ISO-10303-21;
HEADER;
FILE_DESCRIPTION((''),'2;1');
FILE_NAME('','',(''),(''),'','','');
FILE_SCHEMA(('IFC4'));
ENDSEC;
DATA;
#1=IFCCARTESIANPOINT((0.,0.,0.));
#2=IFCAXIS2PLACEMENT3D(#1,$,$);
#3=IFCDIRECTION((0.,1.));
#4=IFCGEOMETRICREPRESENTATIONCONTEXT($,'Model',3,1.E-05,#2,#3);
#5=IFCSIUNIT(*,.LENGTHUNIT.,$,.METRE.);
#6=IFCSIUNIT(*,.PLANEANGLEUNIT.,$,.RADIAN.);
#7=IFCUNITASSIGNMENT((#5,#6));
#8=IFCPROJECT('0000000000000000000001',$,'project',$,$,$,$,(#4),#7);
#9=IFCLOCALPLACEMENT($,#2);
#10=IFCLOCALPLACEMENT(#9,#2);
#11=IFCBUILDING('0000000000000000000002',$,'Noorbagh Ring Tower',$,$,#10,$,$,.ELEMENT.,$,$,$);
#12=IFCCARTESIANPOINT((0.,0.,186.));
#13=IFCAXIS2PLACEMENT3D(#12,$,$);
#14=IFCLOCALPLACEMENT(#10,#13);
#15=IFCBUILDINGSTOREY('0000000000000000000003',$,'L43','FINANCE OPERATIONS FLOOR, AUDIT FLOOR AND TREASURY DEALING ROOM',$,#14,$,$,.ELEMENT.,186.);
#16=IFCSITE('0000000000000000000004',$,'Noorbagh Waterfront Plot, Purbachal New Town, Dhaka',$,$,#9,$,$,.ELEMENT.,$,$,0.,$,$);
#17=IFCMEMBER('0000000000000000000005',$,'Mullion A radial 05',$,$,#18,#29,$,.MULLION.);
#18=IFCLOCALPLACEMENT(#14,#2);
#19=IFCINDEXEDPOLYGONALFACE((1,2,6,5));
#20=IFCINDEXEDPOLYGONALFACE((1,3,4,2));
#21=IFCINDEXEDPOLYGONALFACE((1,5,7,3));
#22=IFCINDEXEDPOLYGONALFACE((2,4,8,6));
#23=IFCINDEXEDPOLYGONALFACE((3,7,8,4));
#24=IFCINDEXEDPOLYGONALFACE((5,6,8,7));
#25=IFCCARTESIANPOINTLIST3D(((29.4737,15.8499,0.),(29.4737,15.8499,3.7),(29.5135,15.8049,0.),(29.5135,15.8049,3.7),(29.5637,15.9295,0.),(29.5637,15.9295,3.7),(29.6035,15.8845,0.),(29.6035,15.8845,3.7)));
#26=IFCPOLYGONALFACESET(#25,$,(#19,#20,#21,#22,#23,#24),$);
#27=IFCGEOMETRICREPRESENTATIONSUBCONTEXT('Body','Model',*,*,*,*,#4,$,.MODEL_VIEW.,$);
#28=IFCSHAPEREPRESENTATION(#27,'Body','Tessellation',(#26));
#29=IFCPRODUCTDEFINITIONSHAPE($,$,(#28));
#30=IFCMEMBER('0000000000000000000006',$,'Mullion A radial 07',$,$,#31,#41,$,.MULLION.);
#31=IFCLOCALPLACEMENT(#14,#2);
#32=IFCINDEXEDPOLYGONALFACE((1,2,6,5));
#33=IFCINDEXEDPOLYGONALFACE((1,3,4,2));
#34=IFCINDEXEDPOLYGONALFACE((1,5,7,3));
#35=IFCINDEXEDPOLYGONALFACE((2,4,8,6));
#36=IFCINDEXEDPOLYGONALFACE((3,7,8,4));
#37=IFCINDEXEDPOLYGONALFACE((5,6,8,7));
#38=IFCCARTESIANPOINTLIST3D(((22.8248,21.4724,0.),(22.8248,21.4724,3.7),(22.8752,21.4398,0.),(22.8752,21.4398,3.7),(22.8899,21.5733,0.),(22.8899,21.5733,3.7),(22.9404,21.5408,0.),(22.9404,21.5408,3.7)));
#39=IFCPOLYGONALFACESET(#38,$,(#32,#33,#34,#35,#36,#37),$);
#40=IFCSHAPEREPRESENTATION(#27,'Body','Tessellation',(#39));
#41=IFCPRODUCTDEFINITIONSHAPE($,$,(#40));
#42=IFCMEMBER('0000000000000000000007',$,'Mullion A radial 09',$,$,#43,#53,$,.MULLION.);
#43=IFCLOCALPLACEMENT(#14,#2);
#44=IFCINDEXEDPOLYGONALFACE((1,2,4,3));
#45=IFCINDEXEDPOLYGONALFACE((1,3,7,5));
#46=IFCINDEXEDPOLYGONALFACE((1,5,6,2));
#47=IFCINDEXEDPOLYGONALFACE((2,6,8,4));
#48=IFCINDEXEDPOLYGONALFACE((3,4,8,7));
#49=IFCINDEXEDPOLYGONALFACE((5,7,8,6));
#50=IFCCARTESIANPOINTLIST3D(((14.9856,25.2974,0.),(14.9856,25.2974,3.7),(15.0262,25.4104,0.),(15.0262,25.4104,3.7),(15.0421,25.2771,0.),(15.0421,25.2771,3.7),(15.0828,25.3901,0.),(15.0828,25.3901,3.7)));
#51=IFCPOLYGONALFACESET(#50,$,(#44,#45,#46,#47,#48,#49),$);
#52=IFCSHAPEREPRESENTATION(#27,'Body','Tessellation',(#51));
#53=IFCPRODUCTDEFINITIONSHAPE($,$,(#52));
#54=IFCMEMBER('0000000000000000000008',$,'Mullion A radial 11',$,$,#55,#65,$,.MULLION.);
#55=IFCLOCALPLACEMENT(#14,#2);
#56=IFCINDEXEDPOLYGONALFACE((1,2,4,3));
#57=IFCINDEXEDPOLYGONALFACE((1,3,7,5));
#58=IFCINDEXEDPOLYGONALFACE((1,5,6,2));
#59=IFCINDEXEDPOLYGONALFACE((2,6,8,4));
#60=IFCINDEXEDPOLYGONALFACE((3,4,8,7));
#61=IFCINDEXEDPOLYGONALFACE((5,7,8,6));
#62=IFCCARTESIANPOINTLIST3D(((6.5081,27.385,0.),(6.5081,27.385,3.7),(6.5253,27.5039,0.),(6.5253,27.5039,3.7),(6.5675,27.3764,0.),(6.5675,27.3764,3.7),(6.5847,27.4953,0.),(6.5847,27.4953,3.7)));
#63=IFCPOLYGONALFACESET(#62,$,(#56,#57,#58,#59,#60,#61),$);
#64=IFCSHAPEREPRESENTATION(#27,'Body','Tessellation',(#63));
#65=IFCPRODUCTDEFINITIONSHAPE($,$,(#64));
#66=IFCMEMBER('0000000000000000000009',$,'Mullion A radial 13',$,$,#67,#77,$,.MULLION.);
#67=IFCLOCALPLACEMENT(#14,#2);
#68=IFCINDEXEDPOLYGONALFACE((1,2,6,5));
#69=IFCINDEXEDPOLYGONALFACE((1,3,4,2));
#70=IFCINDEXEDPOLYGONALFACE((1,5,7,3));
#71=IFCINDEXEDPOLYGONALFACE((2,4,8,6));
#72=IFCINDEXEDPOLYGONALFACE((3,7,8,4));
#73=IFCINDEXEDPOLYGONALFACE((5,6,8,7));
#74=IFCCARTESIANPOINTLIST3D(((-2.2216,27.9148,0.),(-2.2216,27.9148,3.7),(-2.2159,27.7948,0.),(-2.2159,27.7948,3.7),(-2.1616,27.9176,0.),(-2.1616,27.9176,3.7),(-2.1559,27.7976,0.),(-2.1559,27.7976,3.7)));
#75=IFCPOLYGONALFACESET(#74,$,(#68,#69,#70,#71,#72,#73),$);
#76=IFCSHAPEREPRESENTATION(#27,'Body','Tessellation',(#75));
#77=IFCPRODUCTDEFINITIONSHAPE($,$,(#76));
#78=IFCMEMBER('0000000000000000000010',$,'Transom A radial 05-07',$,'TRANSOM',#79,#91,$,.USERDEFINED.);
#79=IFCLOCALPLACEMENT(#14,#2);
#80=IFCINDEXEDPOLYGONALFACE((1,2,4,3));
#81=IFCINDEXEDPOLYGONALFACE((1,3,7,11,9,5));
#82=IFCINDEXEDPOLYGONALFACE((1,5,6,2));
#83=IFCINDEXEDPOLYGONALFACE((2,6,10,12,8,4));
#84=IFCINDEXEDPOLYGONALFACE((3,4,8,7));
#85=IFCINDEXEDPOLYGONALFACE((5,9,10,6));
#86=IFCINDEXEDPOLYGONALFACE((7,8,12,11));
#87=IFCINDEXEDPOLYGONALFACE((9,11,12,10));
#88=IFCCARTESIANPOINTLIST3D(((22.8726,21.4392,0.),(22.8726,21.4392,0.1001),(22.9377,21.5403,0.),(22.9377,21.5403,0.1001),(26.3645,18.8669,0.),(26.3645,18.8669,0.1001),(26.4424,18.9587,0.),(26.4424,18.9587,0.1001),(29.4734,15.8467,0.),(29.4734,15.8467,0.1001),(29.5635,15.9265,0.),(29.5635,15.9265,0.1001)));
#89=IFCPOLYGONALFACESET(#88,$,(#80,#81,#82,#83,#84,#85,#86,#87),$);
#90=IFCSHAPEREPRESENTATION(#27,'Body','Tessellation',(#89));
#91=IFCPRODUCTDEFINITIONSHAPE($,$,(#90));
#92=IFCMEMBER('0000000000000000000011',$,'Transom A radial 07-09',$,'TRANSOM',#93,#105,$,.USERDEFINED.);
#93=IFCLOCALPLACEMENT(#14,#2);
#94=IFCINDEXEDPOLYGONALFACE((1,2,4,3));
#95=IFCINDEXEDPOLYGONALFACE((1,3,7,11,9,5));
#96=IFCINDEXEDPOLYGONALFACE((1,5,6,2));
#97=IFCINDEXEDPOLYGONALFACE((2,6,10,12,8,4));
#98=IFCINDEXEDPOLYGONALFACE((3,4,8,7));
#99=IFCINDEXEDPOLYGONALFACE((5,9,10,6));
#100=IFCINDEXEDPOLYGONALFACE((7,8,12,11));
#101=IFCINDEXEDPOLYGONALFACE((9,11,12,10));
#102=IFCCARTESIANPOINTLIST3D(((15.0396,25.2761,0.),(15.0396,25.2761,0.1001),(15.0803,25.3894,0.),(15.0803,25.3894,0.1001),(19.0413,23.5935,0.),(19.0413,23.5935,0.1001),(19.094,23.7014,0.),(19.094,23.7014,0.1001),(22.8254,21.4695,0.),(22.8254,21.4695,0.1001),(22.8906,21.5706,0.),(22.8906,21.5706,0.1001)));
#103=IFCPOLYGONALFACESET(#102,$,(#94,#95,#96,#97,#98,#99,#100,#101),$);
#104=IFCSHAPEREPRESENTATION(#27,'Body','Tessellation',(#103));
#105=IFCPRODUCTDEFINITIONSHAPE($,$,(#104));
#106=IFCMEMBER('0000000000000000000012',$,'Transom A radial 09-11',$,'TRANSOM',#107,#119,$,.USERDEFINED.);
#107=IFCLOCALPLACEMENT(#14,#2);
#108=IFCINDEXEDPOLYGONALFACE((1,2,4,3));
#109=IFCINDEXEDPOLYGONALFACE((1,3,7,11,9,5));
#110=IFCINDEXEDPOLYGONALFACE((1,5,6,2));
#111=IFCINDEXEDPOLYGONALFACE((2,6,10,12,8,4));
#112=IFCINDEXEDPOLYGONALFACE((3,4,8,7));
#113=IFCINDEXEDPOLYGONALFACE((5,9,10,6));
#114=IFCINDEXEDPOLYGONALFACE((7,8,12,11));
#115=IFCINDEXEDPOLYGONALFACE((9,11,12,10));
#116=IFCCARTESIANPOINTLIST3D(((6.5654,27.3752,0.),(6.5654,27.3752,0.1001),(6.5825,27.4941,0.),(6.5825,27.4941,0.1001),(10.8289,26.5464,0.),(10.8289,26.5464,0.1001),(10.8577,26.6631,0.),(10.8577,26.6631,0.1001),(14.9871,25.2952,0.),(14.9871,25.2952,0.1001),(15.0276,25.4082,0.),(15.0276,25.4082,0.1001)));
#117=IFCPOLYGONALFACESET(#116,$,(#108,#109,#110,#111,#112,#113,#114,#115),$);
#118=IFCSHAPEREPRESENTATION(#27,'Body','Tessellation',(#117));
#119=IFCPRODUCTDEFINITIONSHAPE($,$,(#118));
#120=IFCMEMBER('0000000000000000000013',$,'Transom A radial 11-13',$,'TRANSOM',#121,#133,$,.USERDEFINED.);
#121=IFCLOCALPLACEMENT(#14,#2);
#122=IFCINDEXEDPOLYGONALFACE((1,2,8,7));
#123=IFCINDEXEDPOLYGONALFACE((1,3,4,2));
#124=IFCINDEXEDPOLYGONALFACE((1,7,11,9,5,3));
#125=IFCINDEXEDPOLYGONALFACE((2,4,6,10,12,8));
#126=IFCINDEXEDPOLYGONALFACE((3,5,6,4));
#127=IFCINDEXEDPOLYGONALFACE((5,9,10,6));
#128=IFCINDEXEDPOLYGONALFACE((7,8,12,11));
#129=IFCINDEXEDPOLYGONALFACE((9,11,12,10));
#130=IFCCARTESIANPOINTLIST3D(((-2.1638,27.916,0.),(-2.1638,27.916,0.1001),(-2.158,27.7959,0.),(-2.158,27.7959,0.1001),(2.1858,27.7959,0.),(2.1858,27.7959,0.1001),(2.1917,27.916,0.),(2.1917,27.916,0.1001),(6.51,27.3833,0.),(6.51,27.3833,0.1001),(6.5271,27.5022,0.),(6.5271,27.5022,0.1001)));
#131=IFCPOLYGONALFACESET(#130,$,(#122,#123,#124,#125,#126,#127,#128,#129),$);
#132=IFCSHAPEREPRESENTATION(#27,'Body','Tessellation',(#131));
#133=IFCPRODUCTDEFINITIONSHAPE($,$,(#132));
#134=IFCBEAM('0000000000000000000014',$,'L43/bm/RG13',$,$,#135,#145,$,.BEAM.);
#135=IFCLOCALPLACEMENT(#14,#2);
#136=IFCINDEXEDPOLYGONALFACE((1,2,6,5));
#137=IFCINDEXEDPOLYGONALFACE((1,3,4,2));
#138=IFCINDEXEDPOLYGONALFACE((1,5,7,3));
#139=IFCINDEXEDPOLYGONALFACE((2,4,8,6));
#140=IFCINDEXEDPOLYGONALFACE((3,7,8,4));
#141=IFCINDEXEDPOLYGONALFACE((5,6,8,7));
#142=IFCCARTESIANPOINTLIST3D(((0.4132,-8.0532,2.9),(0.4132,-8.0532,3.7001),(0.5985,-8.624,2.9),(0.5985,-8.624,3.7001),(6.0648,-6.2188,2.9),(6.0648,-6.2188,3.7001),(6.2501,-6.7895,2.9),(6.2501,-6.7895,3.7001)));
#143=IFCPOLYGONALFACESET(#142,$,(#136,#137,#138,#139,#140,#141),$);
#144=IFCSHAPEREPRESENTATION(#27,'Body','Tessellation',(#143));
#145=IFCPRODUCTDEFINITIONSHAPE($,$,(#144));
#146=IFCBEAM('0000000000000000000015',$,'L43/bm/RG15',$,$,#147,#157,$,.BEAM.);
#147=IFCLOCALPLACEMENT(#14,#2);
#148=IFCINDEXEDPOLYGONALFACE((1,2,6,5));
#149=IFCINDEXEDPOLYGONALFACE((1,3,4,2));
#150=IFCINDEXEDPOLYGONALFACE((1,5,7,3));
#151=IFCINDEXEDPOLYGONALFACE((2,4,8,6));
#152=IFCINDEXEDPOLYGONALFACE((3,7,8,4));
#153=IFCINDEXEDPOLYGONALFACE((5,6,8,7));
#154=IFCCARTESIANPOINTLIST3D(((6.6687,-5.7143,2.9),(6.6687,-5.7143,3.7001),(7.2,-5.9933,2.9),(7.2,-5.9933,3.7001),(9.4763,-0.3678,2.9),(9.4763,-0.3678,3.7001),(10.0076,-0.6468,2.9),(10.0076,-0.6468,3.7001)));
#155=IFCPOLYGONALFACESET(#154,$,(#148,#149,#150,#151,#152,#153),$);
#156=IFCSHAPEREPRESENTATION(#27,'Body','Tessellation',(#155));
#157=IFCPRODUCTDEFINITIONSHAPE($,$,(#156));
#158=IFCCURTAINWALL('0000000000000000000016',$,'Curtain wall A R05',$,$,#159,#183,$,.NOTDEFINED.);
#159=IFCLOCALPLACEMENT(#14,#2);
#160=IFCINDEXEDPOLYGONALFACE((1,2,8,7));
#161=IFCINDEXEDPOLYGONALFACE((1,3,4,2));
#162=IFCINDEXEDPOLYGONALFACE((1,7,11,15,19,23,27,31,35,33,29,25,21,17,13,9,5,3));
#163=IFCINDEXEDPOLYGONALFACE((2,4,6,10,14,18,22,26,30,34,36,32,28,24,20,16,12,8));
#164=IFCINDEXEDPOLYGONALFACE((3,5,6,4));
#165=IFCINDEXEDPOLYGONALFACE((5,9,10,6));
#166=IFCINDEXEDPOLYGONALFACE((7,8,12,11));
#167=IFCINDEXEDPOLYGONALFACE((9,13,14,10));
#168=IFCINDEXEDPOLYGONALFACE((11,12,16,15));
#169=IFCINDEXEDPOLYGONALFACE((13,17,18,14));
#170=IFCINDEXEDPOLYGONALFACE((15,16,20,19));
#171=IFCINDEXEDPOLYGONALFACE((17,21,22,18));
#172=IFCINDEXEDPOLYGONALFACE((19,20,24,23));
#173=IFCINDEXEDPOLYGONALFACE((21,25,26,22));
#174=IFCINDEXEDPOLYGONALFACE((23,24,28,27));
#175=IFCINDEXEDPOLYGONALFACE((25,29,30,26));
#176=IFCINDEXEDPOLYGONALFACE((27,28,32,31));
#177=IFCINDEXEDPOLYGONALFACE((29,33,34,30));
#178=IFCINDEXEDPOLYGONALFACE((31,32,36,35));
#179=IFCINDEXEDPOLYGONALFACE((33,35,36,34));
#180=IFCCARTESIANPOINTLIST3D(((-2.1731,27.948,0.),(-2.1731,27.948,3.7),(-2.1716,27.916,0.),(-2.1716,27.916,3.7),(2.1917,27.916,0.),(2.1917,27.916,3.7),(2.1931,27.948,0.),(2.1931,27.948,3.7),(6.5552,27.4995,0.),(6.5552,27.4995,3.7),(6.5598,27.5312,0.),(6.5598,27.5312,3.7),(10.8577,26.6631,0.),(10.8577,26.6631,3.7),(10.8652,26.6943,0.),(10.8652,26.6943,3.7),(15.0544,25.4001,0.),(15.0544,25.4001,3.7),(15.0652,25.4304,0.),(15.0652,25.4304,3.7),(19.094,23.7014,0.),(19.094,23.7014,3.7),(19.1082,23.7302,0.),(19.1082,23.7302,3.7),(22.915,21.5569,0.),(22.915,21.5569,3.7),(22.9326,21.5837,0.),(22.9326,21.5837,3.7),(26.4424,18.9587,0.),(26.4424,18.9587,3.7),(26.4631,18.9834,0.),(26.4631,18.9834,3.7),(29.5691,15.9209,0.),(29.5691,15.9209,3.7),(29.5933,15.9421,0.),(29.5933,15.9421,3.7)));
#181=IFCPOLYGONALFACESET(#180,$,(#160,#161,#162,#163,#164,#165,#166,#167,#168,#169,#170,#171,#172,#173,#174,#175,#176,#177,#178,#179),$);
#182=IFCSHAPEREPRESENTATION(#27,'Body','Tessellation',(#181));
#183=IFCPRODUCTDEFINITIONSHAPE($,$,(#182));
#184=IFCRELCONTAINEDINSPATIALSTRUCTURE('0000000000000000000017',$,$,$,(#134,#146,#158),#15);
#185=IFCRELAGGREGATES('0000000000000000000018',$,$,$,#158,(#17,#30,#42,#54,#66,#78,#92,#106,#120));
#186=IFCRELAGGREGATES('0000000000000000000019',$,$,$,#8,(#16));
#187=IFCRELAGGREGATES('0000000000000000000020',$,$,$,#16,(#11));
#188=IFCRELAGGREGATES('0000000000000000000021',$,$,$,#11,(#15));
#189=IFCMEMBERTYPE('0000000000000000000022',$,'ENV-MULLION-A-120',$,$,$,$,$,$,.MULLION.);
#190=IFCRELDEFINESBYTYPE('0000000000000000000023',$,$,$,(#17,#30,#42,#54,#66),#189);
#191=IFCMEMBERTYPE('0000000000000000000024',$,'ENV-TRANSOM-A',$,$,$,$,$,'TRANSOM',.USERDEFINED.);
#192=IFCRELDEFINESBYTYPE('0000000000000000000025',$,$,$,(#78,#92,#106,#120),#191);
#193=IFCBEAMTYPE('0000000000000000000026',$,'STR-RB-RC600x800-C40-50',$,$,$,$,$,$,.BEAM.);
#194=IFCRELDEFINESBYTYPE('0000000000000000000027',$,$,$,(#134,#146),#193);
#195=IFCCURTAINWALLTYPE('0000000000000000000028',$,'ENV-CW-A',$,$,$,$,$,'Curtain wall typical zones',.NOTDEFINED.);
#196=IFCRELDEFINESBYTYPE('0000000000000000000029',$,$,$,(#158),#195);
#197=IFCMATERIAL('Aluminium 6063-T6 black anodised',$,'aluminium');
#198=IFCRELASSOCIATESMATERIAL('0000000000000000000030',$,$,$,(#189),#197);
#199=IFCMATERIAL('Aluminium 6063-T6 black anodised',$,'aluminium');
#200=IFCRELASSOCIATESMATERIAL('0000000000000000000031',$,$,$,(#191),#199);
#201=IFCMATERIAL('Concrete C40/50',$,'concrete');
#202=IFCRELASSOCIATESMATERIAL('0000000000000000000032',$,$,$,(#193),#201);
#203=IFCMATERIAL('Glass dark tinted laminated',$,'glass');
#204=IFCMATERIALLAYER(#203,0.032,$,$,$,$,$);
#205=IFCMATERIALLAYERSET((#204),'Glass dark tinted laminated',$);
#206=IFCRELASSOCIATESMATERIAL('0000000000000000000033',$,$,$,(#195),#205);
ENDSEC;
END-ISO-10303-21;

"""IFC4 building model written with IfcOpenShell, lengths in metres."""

from ifc_helpers import new_model, si_unit, direction, frame, origin, origin_2d, place, context, subcontext, project, spatial, polyline, rectangle, outline, extrude, material, layer, layer_set, material_profile, profile_set, type_object, element, aggregate, save


model = new_model("IFC4")

# Units and contexts
model_context = context("Model", 3, precision=1e-05, world=origin(), true_north=direction((0.0, 1.0)))
body_context = subcontext(model_context, "Body", "Model", "MODEL_VIEW")
ifc_project = project(units=[si_unit("LENGTHUNIT", "METRE"), si_unit("PLANEANGLEUNIT", "RADIAN")], contexts=[model_context])

# Site, building, storey
site_placement = place(None, origin())
site = spatial("IfcSite", under=ifc_project, at=site_placement, Name="Noorbagh Waterfront Plot, Purbachal New Town, Dhaka", CompositionType="ELEMENT", RefElevation=0.0)
building_placement = place(site_placement, origin())
building = spatial("IfcBuilding", under=site, at=building_placement, Name="Noorbagh Ring Tower", CompositionType="ELEMENT")
storey_placement = place(building_placement, frame((0.0, 0.0, 186.0)))
storey = spatial("IfcBuildingStorey", under=building, at=storey_placement, Name="L43", Description="FINANCE OPERATIONS FLOOR, AUDIT FLOOR AND TREASURY DEALING ROOM", CompositionType="ELEMENT", Elevation=186.0)

# Members
ifc_material_1 = material(Name="Aluminium 6063-T6 black anodised", Category="aluminium")
ifc_material_profile_1 = material_profile(ifc_material_1, rectangle(XDim=0.1201, YDim=0.0601, at=origin_2d()), Name="120x60")
ifc_profile_set_1 = profile_set([ifc_material_profile_1], Name="Aluminium 6063-T6 black anodised")
member_type_1 = type_object("IfcMemberType", Name="ENV-MULLION-A-120", PredefinedType="MULLION", material=ifc_profile_set_1)
member_1_placement = place(storey_placement, frame((29.5386, 15.8672, 0.0), z_axis=(0.0, 0.0, 1.0), x_axis=(-0.749047, -0.662517, 0.0)))
member_1 = element("IfcMember", 1, at=member_1_placement, type_object=member_type_1, Name="Mullion A radial 05", PredefinedType="MULLION", context=body_context, shape_type="SweptSolid", body=[
    extrude(rectangle(XDim=0.1201, YDim=0.0601, at=origin_2d()), origin(), (0.0, 0.0, 1.0), 3.7),
])
member_2_placement = place(storey_placement, frame((22.8826, 21.5066, 0.0), z_axis=(0.0, 0.0, 1.0), x_axis=(-0.542279, -0.840198, 0.0)))
member_2 = element("IfcMember", 2, at=member_2_placement, type_object=member_type_1, Name="Mullion A radial 07", PredefinedType="MULLION", context=body_context, shape_type="SweptSolid", body=[
    extrude(rectangle(XDim=0.1201, YDim=0.0601, at=origin_2d()), origin(), (0.0, 0.0, 1.0), 3.7),
])
member_3_placement = place(storey_placement, frame((15.0342, 25.3438, 0.0), z_axis=(0.0, 0.0, 1.0), x_axis=(-0.338379, -0.94101, 0.0)))
member_3 = element("IfcMember", 3, at=member_3_placement, type_object=member_type_1, Name="Mullion A radial 09", PredefinedType="MULLION", context=body_context, shape_type="SweptSolid", body=[
    extrude(rectangle(XDim=0.1201, YDim=0.0601, at=origin_2d()), origin(), (0.0, 0.0, 1.0), 3.7),
])
member_4_placement = place(storey_placement, frame((6.5464, 27.4402, 0.0), z_axis=(0.0, 0.0, 1.0), x_axis=(-0.143082, -0.989711, 0.0)))
member_4 = element("IfcMember", 4, at=member_4_placement, type_object=member_type_1, Name="Mullion A radial 11", PredefinedType="MULLION", context=body_context, shape_type="SweptSolid", body=[
    extrude(rectangle(XDim=0.1201, YDim=0.0601, at=origin_2d()), origin(), (0.0, 0.0, 1.0), 3.7),
])
member_5_placement = place(storey_placement, frame((-2.1887, 27.8562, 0.0), z_axis=(0.0, 0.0, 1.0), x_axis=(0.047558, -0.998868, 0.0)))
member_5 = element("IfcMember", 5, at=member_5_placement, type_object=member_type_1, Name="Mullion A radial 13", PredefinedType="MULLION", context=body_context, shape_type="SweptSolid", body=[
    extrude(rectangle(XDim=0.1201, YDim=0.0601, at=origin_2d()), origin(), (0.0, 0.0, 1.0), 3.7),
])
ifc_material_2 = material(Name="Aluminium 6063-T6 black anodised", Category="aluminium")
member_type_2 = type_object("IfcMemberType", Name="ENV-TRANSOM-A", ElementType="TRANSOM", PredefinedType="USERDEFINED", material=ifc_material_2)
member_6_placement = place(storey_placement, origin())
member_6 = element("IfcMember", 6, at=member_6_placement, type_object=member_type_2, Name="Transom A radial 05-07", ObjectType="TRANSOM", PredefinedType="USERDEFINED", context=body_context, shape_type="SweptSolid", body=[
    extrude(outline(polyline([(29.5635, 15.9265), (26.4424, 18.9587), (22.9377, 21.5403), (22.8726, 21.4392), (26.3645, 18.8669), (29.4734, 15.8467), (29.5635, 15.9265)])), origin(), (0.0, 0.0, 1.0), 0.1001),
])
member_7_placement = place(storey_placement, origin())
member_7 = element("IfcMember", 7, at=member_7_placement, type_object=member_type_2, Name="Transom A radial 07-09", ObjectType="TRANSOM", PredefinedType="USERDEFINED", context=body_context, shape_type="SweptSolid", body=[
    extrude(outline(polyline([(22.8906, 21.5706), (19.094, 23.7014), (15.0803, 25.3894), (15.0396, 25.2761), (19.0413, 23.5935), (22.8254, 21.4695), (22.8906, 21.5706)])), origin(), (0.0, 0.0, 1.0), 0.1001),
])
member_8_placement = place(storey_placement, origin())
member_8 = element("IfcMember", 8, at=member_8_placement, type_object=member_type_2, Name="Transom A radial 09-11", ObjectType="TRANSOM", PredefinedType="USERDEFINED", context=body_context, shape_type="SweptSolid", body=[
    extrude(outline(polyline([(15.0276, 25.4082), (10.8577, 26.6631), (6.5825, 27.4941), (6.5654, 27.3752), (10.8289, 26.5464), (14.9871, 25.2952), (15.0276, 25.4082)])), origin(), (0.0, 0.0, 1.0), 0.1001),
])
member_9_placement = place(storey_placement, origin())
member_9 = element("IfcMember", 9, at=member_9_placement, type_object=member_type_2, Name="Transom A radial 11-13", ObjectType="TRANSOM", PredefinedType="USERDEFINED", context=body_context, shape_type="SweptSolid", body=[
    extrude(outline(polyline([(6.5271, 27.5022), (2.1917, 27.916), (-2.1638, 27.916), (-2.158, 27.7959), (2.1858, 27.7959), (6.51, 27.3833), (6.5271, 27.5022)])), origin(), (0.0, 0.0, 1.0), 0.1001),
])

# Beams
ifc_material_3 = material(Name="Concrete C40/50", Category="concrete")
ifc_material_profile_2 = material_profile(ifc_material_3, rectangle(XDim=0.6001, YDim=0.8, at=origin_2d()), Name="RC600x800")
ifc_profile_set_2 = profile_set([ifc_material_profile_2], Name="Concrete C40/50")
beam_type = type_object("IfcBeamType", Name="STR-RB-RC600x800-C40-50", PredefinedType="BEAM", material=ifc_profile_set_2)
beam_1_placement = place(storey_placement, frame((0.5059, -8.3386, 3.3), z_axis=(0.951148, 0.308736, 0.0), x_axis=(-0.308736, 0.951148, 0.0)))
element("IfcBeam", 10, at=beam_1_placement, inside=storey, type_object=beam_type, Name="L43/bm/RG13", PredefinedType="BEAM", context=body_context, shape_type="SweptSolid", body=[
    extrude(rectangle(XDim=0.6001, YDim=0.8, at=origin_2d()), origin(), (0.0, 0.0, 1.0), 5.9419),
])
beam_2_placement = place(storey_placement, frame((6.9343, -5.8538, 3.3), z_axis=(0.46493, 0.885348, 0.0), x_axis=(-0.885348, 0.46493, 0.0)))
element("IfcBeam", 11, at=beam_2_placement, inside=storey, type_object=beam_type, Name="L43/bm/RG15", PredefinedType="BEAM", context=body_context, shape_type="SweptSolid", body=[
    extrude(rectangle(XDim=0.6001, YDim=0.8, at=origin_2d()), origin(), (0.0, 0.0, 1.0), 6.0388),
])

# Curtain wall
ifc_material_4 = material(Name="Glass dark tinted laminated", Category="glass")
ifc_layer_1 = layer(ifc_material_4, 0.032)
ifc_layer_set_1 = layer_set([ifc_layer_1], Name="Glass dark tinted laminated")
curtain_wall_type = type_object("IfcCurtainWallType", Name="ENV-CW-A", ElementType="Curtain wall typical zones", PredefinedType="NOTDEFINED", material=ifc_layer_set_1)
curtain_wall_placement = place(storey_placement, origin())
curtain_wall = element("IfcCurtainWall", 12, at=curtain_wall_placement, inside=storey, type_object=curtain_wall_type, Name="Curtain wall A R05", PredefinedType="NOTDEFINED", context=body_context, shape_type="SweptSolid", body=[
    extrude(outline(polyline([(29.5933, 15.9421), (26.4631, 18.9834), (22.9326, 21.5837), (19.1082, 23.7302), (15.0652, 25.4304), (10.8652, 26.6943), (6.5598, 27.5312), (2.1931, 27.948), (-2.1731, 27.948), (-2.1716, 27.916), (2.1917, 27.916), (6.5552, 27.4995), (10.8577, 26.6631), (15.0544, 25.4001), (19.094, 23.7014), (22.915, 21.5569), (26.4424, 18.9587), (29.5691, 15.9209), (29.5933, 15.9421)])), origin(), (0.0, 0.0, 1.0), 3.7),
])
aggregate(curtain_wall, [member_1, member_2, member_3, member_4, member_5, member_6, member_7, member_8, member_9])

save(model, "model.ifc")
